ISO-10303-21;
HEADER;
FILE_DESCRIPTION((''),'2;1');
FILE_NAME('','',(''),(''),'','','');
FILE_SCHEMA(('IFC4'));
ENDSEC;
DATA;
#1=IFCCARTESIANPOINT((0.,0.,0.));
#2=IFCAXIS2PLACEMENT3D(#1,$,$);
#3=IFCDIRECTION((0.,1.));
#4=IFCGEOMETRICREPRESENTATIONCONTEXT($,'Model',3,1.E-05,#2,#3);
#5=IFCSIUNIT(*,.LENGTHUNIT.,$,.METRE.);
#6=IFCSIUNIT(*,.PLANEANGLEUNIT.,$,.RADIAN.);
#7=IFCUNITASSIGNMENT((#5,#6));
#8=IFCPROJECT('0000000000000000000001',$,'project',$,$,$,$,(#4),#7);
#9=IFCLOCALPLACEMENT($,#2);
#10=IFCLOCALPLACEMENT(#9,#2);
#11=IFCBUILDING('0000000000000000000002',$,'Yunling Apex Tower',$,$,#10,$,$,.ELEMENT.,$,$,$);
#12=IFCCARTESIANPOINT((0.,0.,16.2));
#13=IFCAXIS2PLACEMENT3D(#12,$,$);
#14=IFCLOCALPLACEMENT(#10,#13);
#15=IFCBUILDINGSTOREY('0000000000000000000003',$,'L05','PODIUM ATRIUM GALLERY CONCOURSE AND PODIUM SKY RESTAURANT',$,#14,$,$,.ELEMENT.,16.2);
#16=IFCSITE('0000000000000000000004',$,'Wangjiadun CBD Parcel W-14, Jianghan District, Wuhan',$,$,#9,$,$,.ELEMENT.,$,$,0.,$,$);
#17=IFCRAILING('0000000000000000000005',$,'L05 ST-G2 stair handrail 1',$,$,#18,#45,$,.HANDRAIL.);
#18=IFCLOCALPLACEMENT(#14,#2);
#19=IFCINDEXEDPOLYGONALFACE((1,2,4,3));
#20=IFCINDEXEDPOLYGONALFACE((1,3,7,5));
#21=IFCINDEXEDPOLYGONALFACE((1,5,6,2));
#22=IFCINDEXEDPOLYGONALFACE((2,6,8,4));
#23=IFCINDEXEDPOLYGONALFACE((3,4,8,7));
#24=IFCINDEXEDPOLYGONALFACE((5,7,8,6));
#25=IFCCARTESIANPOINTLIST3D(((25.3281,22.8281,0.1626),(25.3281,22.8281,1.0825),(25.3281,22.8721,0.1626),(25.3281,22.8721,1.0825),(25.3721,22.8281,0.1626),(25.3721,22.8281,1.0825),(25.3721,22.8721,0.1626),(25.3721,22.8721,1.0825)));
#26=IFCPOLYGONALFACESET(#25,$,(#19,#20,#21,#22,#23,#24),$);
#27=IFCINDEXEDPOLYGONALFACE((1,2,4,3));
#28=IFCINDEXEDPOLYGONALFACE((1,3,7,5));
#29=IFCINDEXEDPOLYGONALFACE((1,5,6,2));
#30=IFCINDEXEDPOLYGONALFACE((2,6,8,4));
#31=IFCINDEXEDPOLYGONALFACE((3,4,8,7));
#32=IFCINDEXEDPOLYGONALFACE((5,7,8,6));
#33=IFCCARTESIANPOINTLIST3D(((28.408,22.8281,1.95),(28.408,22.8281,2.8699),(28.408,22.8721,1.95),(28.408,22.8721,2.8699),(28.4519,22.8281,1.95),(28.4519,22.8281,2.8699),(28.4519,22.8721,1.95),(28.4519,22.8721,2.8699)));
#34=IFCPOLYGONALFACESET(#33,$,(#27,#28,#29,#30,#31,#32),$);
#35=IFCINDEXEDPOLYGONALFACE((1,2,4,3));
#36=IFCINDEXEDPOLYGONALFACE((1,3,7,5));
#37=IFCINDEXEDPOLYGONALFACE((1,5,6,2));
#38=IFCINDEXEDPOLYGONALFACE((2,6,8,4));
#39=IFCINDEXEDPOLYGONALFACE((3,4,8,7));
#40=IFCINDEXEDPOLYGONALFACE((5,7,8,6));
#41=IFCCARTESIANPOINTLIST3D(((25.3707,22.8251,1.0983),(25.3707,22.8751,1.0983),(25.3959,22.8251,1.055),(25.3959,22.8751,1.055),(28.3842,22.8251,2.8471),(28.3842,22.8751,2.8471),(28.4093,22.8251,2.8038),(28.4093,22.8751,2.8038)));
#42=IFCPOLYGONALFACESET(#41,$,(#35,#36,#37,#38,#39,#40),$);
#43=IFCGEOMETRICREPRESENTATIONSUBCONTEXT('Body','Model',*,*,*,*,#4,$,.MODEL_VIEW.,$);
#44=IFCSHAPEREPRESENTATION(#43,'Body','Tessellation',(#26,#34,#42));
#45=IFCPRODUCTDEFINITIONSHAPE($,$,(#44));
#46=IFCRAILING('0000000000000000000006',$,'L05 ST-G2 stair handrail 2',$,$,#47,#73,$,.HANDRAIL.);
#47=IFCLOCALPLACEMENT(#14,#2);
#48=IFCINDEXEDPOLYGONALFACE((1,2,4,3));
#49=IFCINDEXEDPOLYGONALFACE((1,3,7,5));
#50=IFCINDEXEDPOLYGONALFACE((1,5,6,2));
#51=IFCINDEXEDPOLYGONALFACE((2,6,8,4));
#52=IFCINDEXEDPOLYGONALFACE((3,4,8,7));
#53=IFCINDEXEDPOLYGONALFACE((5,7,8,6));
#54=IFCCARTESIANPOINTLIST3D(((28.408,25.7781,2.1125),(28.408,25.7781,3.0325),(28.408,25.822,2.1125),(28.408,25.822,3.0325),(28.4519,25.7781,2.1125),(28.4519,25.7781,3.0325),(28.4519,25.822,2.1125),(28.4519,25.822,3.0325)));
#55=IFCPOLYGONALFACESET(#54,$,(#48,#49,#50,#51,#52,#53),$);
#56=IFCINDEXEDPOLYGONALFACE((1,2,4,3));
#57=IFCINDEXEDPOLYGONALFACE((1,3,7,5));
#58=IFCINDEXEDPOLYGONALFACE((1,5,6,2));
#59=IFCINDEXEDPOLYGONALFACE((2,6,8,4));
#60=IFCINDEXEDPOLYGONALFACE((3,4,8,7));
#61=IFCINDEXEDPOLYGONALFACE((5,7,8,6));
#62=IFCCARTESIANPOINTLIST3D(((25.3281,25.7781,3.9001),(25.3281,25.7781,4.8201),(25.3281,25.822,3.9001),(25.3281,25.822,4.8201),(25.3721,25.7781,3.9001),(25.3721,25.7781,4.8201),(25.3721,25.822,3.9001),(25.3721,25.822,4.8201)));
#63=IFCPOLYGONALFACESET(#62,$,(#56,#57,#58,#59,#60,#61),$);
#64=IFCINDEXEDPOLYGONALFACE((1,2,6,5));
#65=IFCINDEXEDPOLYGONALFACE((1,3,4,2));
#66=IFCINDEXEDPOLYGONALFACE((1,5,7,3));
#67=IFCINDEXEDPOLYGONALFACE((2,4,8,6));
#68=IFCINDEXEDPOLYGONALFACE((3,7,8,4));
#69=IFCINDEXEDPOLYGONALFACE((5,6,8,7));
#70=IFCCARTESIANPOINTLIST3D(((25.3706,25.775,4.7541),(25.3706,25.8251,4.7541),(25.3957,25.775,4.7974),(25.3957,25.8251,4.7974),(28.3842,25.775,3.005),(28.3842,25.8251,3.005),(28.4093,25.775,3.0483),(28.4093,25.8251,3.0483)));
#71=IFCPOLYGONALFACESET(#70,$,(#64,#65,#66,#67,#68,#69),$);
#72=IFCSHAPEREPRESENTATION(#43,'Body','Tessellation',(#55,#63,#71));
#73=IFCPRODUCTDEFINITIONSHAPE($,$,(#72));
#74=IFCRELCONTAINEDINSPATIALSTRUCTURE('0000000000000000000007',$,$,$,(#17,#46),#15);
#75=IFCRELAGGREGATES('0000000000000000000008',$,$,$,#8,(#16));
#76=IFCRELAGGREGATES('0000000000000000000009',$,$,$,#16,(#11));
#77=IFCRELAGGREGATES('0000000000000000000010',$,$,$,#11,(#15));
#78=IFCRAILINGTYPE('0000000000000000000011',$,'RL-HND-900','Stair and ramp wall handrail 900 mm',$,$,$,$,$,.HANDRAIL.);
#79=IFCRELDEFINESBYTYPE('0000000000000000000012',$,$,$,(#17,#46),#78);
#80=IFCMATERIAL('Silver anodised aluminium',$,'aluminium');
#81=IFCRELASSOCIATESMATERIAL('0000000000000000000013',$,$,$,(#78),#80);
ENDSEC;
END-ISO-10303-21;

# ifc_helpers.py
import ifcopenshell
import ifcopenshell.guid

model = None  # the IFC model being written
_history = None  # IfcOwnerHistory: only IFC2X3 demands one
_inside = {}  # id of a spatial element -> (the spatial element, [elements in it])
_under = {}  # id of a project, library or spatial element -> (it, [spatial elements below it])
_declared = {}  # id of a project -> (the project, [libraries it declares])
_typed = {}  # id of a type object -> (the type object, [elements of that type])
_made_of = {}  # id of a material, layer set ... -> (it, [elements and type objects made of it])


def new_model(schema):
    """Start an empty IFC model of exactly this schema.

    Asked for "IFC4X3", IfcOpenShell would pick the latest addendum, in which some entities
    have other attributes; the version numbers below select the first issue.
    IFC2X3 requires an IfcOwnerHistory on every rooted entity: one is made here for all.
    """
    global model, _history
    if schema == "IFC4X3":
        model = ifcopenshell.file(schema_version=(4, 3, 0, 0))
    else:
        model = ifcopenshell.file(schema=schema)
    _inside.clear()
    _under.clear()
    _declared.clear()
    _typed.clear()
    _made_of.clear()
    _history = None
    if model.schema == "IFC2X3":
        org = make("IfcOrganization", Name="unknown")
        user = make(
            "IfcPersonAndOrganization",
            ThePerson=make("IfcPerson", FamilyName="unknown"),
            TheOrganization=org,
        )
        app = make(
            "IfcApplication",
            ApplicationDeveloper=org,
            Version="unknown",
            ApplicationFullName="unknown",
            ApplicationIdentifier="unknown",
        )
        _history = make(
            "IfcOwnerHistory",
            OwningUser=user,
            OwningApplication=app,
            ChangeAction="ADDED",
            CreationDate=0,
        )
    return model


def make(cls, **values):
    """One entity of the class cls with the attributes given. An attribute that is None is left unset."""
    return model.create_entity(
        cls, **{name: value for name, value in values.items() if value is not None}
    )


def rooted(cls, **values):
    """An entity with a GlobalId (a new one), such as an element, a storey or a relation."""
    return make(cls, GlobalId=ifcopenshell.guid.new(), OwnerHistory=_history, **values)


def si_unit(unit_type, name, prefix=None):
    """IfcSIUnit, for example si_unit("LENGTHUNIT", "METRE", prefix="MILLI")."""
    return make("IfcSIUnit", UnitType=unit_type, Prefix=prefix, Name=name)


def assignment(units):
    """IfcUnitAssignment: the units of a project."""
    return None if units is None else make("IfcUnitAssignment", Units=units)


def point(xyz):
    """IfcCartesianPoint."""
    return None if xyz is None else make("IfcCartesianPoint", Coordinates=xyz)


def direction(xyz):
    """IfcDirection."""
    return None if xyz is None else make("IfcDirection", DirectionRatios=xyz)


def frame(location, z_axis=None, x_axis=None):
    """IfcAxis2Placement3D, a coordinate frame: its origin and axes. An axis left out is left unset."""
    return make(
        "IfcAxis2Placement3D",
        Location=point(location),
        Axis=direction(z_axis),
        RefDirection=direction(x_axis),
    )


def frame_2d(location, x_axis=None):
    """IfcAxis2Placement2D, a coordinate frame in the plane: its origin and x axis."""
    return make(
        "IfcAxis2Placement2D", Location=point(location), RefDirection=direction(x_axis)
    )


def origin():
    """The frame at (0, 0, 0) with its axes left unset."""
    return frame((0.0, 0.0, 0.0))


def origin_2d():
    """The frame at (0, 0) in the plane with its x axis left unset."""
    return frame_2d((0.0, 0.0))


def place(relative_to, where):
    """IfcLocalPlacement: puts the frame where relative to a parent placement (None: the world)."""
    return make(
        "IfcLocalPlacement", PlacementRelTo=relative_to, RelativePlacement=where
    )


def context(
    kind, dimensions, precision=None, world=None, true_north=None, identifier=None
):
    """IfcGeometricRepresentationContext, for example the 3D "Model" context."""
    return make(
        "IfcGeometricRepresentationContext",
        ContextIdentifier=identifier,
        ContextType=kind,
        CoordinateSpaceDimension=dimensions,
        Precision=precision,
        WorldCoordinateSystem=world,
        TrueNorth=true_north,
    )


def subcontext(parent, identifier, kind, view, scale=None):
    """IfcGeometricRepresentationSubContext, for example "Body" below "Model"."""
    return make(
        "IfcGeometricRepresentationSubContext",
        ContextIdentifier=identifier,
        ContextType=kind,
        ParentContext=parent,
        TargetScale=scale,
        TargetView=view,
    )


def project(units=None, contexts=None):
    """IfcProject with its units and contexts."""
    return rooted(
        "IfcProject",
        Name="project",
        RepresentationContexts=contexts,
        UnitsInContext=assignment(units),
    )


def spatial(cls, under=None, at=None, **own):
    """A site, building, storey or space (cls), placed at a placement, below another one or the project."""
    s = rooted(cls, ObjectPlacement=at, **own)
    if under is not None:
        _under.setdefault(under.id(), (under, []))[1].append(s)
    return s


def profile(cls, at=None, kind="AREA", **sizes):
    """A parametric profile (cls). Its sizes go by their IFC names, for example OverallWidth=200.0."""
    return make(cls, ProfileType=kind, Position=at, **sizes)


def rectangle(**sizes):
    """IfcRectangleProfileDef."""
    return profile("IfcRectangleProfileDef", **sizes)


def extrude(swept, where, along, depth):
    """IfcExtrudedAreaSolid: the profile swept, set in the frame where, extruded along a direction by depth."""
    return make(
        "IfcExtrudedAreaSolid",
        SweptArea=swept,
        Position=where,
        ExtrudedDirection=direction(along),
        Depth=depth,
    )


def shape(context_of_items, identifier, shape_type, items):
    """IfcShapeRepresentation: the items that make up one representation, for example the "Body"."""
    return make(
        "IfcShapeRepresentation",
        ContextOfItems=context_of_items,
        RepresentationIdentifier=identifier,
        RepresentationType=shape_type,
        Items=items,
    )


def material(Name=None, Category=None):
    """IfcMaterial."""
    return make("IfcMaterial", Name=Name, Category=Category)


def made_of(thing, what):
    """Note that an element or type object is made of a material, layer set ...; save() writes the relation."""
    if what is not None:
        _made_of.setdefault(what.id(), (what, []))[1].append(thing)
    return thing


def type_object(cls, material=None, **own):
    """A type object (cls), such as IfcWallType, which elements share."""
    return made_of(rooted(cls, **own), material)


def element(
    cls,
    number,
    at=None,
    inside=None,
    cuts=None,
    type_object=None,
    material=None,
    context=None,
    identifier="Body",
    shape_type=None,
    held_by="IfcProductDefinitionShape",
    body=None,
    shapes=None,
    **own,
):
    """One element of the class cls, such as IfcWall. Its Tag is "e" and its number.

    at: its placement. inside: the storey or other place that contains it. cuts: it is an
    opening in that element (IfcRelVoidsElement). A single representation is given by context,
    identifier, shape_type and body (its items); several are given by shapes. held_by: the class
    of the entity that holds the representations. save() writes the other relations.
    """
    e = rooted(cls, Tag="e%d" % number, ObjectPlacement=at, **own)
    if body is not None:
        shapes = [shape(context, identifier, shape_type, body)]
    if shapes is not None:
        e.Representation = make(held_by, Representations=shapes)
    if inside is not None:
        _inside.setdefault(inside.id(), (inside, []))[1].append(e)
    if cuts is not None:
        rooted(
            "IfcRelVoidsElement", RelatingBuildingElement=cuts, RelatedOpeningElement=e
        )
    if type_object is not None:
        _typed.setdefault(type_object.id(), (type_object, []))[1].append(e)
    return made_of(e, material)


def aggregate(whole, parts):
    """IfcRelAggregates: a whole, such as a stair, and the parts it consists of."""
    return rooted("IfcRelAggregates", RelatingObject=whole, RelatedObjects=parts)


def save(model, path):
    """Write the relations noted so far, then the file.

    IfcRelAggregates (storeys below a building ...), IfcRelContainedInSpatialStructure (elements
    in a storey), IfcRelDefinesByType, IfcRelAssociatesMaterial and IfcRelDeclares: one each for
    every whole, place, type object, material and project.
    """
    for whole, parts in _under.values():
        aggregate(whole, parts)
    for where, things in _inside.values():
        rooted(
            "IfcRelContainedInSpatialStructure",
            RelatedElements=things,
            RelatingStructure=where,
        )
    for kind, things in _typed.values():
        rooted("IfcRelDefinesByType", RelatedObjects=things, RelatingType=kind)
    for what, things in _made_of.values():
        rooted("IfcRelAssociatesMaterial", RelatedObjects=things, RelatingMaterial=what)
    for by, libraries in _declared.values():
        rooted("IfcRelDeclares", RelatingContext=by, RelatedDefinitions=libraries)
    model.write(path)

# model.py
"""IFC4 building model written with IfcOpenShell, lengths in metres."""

from ifc_helpers import new_model, si_unit, direction, frame, origin, origin_2d, place, context, subcontext, project, spatial, rectangle, extrude, material, type_object, element, save


model = new_model("IFC4")

# Units and contexts
model_context = context("Model", 3, precision=1e-05, world=origin(), true_north=direction((0.0, 1.0)))
body_context = subcontext(model_context, "Body", "Model", "MODEL_VIEW")
ifc_project = project(units=[si_unit("LENGTHUNIT", "METRE"), si_unit("PLANEANGLEUNIT", "RADIAN")], contexts=[model_context])

# Site, building, storey
site_placement = place(None, origin())
site = spatial("IfcSite", under=ifc_project, at=site_placement, Name="Wangjiadun CBD Parcel W-14, Jianghan District, Wuhan", CompositionType="ELEMENT", RefElevation=0.0)
building_placement = place(site_placement, origin())
building = spatial("IfcBuilding", under=site, at=building_placement, Name="Yunling Apex Tower", CompositionType="ELEMENT")
storey_placement = place(building_placement, frame((0.0, 0.0, 16.2)))
storey = spatial("IfcBuildingStorey", under=building, at=storey_placement, Name="L05", Description="PODIUM ATRIUM GALLERY CONCOURSE AND PODIUM SKY RESTAURANT", CompositionType="ELEMENT", Elevation=16.2)

# Railings
ifc_material_1 = material(Name="Silver anodised aluminium", Category="aluminium")
railing_type_1 = type_object("IfcRailingType", Name="RL-HND-900", Description="Stair and ramp wall handrail 900 mm", PredefinedType="HANDRAIL", material=ifc_material_1)
railing_1_placement = place(storey_placement, frame((25.3501, 22.8501, 0.1626)))
element("IfcRailing", 1, at=railing_1_placement, inside=storey, type_object=railing_type_1, Name="L05 ST-G2 stair handrail 1", PredefinedType="HANDRAIL", context=body_context, shape_type="SweptSolid", body=[
    extrude(rectangle(XDim=0.0439, YDim=0.0439, at=origin_2d()), origin(), (0.0, 0.0, 1.0), 0.9199),
    extrude(rectangle(XDim=0.0439, YDim=0.0439, at=origin_2d()), frame((3.0798, 0.0, 1.7874)), (0.0, 0.0, 1.0), 0.9199),
    extrude(rectangle(XDim=0.05, YDim=0.05, at=origin_2d()), frame((0.0332, 0.0, 0.9141), z_axis=(0.864903, 0.0, 0.501939), x_axis=(0.0, 1.0, 0.0)), (0.0, 0.0, 1.0), 3.4841),
])
railing_2_placement = place(storey_placement, frame((28.4299, 25.8, 2.1125)))
element("IfcRailing", 2, at=railing_2_placement, inside=storey, type_object=railing_type_1, Name="L05 ST-G2 stair handrail 2", PredefinedType="HANDRAIL", context=body_context, shape_type="SweptSolid", body=[
    extrude(rectangle(XDim=0.0439, YDim=0.0439, at=origin_2d()), origin(), (0.0, 0.0, 1.0), 0.9199),
    extrude(rectangle(XDim=0.0439, YDim=0.0439, at=origin_2d()), frame((-3.0798, 0.0, 1.7876)), (0.0, 0.0, 1.0), 0.9199),
    extrude(rectangle(XDim=0.05, YDim=0.05, at=origin_2d()), frame((-0.0332, 0.0, 0.9141), z_axis=(-0.864873, 0.0, 0.50199), x_axis=(0.0, -1.0, 0.0)), (0.0, 0.0, 1.0), 3.4844),
])

save(model, "model.ifc")
